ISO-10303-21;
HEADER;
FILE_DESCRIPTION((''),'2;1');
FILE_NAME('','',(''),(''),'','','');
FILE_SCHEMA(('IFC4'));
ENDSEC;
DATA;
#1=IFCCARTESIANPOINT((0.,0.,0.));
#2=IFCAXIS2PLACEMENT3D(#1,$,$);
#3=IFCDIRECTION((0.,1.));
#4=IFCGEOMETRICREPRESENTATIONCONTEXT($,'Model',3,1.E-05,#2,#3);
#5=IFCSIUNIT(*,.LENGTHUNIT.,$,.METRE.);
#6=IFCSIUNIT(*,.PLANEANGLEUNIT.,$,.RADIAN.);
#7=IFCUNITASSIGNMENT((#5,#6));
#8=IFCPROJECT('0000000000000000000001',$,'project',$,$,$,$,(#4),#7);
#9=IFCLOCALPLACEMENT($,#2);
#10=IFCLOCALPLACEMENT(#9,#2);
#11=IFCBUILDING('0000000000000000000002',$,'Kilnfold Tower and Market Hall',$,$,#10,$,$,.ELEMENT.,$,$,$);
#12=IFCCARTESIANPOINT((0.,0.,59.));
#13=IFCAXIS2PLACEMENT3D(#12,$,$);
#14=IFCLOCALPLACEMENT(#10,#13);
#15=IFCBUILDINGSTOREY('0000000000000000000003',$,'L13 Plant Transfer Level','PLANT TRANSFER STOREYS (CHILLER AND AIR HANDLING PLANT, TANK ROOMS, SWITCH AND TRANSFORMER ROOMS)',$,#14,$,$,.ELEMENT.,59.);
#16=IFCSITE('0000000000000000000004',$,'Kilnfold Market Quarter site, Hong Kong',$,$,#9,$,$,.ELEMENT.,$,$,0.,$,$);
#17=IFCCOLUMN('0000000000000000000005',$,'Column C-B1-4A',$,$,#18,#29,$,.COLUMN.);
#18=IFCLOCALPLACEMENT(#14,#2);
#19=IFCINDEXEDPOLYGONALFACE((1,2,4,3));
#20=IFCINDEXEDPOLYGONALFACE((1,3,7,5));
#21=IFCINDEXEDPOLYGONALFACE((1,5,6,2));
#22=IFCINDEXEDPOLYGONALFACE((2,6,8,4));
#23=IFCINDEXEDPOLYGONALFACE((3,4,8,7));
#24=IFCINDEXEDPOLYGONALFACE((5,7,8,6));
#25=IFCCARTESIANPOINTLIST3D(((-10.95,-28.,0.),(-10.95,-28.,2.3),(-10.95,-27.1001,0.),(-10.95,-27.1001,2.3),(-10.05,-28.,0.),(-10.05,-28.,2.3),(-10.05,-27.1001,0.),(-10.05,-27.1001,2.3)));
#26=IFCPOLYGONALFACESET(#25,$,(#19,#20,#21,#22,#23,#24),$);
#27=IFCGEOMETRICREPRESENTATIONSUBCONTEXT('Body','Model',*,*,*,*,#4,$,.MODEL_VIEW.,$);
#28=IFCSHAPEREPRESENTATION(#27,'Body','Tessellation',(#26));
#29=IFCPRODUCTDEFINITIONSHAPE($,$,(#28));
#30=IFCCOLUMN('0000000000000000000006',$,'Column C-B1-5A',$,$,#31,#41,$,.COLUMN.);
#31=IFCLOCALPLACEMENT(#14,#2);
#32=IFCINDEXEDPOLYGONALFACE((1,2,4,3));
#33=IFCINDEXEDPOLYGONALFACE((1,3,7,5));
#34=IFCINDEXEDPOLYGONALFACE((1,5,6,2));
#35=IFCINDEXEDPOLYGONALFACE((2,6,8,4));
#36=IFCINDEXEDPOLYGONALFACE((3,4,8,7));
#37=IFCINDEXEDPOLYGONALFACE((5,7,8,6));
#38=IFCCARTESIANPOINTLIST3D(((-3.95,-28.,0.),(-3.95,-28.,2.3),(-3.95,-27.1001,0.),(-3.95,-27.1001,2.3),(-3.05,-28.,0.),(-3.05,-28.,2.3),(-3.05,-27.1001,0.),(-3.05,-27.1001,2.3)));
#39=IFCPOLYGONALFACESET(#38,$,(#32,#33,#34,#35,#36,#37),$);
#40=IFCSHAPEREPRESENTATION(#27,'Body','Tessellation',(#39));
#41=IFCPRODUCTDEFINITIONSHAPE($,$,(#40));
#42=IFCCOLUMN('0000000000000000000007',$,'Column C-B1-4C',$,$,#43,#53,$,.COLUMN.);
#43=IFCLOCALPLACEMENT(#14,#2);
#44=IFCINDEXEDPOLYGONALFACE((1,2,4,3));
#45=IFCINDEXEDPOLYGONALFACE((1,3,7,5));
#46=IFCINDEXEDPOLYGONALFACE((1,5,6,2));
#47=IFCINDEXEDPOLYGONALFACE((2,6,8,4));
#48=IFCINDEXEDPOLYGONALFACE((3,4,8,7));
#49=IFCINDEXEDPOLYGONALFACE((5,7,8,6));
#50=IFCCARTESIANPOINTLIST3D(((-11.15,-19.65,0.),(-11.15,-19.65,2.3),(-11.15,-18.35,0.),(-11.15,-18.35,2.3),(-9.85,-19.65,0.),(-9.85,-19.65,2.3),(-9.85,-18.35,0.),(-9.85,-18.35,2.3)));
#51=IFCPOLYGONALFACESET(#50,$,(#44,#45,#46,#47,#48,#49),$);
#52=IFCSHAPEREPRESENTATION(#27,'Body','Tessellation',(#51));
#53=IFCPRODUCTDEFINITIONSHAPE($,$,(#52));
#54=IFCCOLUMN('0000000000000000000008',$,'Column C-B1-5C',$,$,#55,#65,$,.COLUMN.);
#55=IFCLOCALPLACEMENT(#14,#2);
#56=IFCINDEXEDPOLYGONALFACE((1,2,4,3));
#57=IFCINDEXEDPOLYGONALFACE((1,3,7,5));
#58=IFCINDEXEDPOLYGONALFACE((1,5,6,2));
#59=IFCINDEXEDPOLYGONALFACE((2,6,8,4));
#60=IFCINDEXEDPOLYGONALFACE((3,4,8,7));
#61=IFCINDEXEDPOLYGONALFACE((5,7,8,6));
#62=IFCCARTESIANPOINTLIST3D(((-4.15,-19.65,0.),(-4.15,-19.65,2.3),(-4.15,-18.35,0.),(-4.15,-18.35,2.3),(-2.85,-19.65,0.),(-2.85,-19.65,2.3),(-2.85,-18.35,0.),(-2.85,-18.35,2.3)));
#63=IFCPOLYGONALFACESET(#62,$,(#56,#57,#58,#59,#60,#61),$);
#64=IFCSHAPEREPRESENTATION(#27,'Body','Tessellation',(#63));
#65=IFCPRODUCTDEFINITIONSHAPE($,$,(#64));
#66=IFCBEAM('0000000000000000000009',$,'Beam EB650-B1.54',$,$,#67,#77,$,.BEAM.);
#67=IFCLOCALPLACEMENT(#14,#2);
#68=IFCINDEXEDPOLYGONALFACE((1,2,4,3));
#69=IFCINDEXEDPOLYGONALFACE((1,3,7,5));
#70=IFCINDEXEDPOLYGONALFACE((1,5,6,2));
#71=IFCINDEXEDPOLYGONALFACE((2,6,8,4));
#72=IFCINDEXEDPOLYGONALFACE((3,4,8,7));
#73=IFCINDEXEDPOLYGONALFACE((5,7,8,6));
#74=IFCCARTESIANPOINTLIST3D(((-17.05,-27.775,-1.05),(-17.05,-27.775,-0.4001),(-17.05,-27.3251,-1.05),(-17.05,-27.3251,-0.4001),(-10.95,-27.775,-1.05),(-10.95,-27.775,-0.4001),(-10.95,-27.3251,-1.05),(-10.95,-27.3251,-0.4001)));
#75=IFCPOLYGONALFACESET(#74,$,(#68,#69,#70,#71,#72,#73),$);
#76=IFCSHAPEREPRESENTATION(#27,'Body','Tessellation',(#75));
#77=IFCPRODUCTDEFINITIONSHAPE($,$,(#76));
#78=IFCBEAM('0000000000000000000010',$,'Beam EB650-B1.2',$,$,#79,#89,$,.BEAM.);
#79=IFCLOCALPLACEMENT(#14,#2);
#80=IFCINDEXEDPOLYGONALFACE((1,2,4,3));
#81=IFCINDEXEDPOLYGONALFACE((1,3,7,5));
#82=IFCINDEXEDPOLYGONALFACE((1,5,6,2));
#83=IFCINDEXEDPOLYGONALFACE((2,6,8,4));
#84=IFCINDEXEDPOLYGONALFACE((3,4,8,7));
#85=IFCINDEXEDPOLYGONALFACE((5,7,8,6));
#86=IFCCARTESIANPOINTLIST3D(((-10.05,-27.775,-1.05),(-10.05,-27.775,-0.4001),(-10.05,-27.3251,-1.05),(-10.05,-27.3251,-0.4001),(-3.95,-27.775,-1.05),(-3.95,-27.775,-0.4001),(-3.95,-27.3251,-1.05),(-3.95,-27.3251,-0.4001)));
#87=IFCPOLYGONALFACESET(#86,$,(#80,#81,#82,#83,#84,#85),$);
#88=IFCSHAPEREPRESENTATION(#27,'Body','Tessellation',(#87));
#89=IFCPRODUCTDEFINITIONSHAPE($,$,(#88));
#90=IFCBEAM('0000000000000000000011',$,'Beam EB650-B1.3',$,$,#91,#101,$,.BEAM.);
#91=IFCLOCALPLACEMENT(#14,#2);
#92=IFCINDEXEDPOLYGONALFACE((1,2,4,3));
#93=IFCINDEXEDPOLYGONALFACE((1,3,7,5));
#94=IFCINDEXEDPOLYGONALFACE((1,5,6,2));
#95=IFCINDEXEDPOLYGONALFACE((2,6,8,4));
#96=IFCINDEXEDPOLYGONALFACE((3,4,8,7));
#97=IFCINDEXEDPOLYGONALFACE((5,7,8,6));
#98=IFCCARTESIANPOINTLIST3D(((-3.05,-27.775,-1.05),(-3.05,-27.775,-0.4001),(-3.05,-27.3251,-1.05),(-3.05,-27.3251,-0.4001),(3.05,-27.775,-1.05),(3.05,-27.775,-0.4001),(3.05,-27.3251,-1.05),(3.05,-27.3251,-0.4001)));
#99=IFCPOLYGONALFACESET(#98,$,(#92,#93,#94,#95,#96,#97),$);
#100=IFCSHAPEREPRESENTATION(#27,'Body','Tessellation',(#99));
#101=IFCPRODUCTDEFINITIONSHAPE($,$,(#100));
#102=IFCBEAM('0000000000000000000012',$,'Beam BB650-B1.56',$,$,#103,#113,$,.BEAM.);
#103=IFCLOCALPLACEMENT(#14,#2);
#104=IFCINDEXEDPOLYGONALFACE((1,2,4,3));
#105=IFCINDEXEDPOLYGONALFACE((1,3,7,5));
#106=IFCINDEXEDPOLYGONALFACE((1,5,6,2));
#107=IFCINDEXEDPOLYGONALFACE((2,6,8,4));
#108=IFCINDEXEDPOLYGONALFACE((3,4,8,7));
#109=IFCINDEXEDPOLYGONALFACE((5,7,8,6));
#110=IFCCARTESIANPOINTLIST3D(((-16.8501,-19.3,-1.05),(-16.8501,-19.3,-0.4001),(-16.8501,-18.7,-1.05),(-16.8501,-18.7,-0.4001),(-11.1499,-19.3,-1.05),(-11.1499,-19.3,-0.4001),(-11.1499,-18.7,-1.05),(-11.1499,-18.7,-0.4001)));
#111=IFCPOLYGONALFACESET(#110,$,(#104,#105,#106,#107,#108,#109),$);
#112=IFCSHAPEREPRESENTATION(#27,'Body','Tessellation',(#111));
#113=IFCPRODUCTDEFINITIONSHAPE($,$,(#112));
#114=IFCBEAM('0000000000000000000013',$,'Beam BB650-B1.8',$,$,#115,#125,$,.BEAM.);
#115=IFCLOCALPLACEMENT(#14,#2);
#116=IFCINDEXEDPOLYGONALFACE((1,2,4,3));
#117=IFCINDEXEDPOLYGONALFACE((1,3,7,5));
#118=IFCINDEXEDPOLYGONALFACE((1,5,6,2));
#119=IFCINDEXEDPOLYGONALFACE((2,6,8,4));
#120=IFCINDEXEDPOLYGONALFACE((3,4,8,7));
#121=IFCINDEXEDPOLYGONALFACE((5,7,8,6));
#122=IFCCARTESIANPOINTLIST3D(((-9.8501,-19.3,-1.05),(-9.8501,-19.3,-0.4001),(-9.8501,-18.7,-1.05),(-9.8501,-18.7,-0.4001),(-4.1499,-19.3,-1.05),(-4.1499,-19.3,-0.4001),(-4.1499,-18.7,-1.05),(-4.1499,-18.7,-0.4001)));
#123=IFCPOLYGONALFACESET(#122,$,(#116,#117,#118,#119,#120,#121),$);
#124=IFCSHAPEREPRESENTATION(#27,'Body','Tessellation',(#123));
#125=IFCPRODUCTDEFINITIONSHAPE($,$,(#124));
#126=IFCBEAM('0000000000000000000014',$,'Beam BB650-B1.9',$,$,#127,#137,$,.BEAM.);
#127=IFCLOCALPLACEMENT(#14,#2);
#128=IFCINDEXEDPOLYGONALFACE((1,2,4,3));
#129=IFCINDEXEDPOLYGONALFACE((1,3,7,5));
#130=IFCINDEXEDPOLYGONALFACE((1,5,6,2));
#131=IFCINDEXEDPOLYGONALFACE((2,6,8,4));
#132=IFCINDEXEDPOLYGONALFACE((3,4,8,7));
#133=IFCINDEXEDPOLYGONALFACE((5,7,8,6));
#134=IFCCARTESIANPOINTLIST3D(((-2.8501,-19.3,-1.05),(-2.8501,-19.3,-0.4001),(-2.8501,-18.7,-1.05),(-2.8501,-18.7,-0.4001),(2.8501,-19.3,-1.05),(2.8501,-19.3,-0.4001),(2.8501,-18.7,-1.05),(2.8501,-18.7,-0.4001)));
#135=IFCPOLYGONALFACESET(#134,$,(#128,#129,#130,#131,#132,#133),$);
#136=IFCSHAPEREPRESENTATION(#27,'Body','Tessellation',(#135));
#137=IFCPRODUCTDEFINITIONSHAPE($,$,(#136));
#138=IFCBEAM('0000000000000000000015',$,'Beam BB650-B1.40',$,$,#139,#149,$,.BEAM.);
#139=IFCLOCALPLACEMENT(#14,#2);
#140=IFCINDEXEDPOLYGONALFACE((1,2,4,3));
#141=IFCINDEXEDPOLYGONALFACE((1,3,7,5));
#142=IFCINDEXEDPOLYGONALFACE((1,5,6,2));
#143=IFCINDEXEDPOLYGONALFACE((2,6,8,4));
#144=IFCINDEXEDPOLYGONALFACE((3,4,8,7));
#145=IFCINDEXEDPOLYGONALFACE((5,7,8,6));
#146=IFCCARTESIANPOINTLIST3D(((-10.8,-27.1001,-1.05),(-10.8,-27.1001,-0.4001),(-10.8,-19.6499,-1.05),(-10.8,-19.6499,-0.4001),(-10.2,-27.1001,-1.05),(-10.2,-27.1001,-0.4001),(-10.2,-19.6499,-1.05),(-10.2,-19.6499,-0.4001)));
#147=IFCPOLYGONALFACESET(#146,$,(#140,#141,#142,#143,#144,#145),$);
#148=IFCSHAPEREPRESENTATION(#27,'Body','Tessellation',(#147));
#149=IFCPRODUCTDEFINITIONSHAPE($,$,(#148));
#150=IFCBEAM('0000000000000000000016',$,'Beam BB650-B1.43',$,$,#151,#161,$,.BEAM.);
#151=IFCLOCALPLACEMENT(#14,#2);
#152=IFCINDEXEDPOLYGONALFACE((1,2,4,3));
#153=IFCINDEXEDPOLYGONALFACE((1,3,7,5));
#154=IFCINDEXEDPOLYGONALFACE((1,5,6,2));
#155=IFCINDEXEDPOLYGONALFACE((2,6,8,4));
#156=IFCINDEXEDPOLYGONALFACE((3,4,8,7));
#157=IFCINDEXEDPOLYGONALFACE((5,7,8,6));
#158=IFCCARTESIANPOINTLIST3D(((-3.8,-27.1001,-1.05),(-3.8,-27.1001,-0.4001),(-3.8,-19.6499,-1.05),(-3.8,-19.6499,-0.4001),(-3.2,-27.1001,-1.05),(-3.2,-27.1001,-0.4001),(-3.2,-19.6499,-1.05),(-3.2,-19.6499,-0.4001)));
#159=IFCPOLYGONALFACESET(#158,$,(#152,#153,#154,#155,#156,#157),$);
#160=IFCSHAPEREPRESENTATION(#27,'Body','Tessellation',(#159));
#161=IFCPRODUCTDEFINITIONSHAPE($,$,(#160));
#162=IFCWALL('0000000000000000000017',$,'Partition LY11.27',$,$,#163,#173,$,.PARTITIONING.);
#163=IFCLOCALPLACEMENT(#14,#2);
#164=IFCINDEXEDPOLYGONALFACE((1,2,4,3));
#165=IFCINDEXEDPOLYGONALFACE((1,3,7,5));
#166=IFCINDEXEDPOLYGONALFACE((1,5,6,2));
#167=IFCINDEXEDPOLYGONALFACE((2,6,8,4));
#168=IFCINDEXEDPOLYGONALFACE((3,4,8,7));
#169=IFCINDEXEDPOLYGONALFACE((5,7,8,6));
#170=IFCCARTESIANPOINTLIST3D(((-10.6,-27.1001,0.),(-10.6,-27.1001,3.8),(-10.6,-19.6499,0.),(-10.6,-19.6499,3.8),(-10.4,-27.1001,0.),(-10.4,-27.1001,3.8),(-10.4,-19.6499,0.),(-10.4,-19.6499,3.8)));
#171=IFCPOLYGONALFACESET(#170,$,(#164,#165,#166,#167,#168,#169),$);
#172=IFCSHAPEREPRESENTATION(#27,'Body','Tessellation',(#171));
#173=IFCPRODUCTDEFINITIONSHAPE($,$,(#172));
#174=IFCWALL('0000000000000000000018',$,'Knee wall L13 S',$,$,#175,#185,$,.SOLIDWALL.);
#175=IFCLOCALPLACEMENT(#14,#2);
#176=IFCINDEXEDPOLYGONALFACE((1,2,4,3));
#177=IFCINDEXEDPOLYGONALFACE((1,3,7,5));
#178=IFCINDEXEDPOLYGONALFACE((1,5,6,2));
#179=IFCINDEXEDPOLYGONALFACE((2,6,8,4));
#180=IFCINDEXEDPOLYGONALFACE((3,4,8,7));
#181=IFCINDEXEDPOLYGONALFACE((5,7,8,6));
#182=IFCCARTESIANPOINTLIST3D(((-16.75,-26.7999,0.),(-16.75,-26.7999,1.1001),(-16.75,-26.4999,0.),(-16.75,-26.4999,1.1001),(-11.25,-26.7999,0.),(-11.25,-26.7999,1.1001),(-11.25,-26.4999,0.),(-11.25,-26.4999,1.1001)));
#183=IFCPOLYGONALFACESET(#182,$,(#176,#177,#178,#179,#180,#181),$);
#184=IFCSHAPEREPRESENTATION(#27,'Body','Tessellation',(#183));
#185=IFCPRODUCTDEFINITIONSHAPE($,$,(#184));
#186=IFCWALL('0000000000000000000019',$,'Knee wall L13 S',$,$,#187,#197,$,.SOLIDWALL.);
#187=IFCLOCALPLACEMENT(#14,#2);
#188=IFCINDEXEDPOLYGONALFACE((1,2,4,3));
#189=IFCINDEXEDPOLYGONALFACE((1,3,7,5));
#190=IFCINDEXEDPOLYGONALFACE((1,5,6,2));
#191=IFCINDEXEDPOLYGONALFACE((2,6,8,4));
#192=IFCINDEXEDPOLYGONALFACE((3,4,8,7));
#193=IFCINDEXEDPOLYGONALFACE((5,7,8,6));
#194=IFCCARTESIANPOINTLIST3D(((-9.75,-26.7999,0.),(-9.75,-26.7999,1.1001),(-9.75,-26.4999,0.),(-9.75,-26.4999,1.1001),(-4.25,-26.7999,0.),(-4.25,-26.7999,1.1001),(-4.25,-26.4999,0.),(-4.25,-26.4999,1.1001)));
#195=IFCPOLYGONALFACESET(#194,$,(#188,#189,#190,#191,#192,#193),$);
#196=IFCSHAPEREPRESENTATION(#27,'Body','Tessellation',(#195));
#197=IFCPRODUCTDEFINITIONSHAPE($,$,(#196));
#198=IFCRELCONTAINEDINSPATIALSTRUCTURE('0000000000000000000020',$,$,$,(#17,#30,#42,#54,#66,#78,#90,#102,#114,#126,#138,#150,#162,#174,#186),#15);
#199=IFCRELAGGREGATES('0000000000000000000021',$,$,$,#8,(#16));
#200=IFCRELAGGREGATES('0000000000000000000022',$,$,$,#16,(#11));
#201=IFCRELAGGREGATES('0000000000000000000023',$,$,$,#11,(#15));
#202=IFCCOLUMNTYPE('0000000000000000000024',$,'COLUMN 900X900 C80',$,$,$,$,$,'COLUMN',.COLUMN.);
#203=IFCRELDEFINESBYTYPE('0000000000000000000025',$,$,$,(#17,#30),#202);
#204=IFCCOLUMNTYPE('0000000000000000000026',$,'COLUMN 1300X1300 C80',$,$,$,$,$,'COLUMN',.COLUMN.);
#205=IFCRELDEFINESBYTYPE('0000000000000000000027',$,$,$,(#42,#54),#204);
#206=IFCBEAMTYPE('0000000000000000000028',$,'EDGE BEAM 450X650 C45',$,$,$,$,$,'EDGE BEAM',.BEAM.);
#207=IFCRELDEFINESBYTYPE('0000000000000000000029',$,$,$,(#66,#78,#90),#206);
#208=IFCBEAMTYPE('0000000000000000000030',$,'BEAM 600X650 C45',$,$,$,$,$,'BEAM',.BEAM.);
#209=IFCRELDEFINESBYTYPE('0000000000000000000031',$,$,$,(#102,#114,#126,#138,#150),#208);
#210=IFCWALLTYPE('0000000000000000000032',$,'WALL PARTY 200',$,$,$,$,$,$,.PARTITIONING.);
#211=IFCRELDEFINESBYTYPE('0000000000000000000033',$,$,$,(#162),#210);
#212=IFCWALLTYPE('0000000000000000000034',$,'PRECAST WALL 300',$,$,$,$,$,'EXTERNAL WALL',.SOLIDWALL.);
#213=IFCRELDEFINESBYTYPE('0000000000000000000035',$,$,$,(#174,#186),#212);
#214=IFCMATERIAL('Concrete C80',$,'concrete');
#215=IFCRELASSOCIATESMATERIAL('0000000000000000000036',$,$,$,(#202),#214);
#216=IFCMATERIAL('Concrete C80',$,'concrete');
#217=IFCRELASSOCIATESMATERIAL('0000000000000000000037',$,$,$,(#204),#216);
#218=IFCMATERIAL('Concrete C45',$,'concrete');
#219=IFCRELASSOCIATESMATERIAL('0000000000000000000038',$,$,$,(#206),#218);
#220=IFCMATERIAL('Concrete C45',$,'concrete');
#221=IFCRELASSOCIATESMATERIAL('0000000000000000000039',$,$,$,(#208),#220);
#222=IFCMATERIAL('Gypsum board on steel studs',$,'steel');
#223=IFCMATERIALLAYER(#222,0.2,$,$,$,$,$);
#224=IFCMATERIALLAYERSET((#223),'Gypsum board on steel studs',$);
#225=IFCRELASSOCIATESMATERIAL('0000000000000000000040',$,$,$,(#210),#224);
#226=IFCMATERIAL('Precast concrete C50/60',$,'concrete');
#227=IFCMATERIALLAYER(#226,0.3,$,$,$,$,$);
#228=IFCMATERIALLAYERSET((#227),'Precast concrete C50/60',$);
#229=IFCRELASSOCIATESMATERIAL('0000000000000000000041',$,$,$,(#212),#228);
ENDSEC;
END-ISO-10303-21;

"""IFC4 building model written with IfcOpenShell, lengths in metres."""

from ifc_helpers import new_model, si_unit, direction, frame, frame_2d, origin, origin_2d, place, context, subcontext, project, spatial, rectangle, extrude, source, transform, mapped, material, layer, layer_set, material_profile, profile_set, type_object, element, save


model = new_model("IFC4")

# Units and contexts
model_context = context("Model", 3, precision=1e-05, world=origin(), true_north=direction((0.0, 1.0)))
body_context = subcontext(model_context, "Body", "Model", "MODEL_VIEW")
ifc_project = project(units=[si_unit("LENGTHUNIT", "METRE"), si_unit("PLANEANGLEUNIT", "RADIAN")], contexts=[model_context])

# Site, building, storey
site_placement = place(None, origin())
site = spatial("IfcSite", under=ifc_project, at=site_placement, Name="Kilnfold Market Quarter site, Hong Kong", CompositionType="ELEMENT", RefElevation=0.0)
building_placement = place(site_placement, origin())
building = spatial("IfcBuilding", under=site, at=building_placement, Name="Kilnfold Tower and Market Hall", CompositionType="ELEMENT")
storey_placement = place(building_placement, frame((0.0, 0.0, 59.0)))
storey = spatial("IfcBuildingStorey", under=building, at=storey_placement, Name="L13 Plant Transfer Level", Description="PLANT TRANSFER STOREYS (CHILLER AND AIR HANDLING PLANT, TANK ROOMS, SWITCH AND TRANSFORMER ROOMS)", CompositionType="ELEMENT", Elevation=59.0)

# Columns
ifc_material_1 = material(Name="Concrete C80", Category="concrete")
ifc_material_profile_1 = material_profile(ifc_material_1, rectangle(XDim=0.8999, YDim=0.8999, at=origin_2d()), Name="RC 900x900")
ifc_profile_set_1 = profile_set([ifc_material_profile_1], Name="Concrete C80")
column_type_1 = type_object("IfcColumnType", Name="COLUMN 900X900 C80", ElementType="COLUMN", PredefinedType="COLUMN", material=ifc_profile_set_1)
shared_shape_1 = source(origin(), body_context, "Body", "SweptSolid", [
    extrude(rectangle(XDim=0.8999, YDim=0.8999, at=origin_2d()), origin(), (0.0, 0.0, 1.0), 2.3),
])
for number, where, z_axis, x_axis, name in (
    (1, (-10.5, -27.55, 0.0), (0.0, 0.0, 1.0), (1.0, 0.0, 0.0), "Column C-B1-4A"),
    (2, (-3.5, -27.55, 0.0), (0.0, 0.0, 1.0), (1.0, 0.0, 0.0), "Column C-B1-5A"),
):
    element("IfcColumn", number, at=place(storey_placement, frame(where, z_axis=z_axis, x_axis=x_axis)), inside=storey, type_object=column_type_1, Name=name, PredefinedType="COLUMN", context=body_context, shape_type="MappedRepresentation", body=[
        mapped(shared_shape_1, transform((0.0, 0.0, 0.0))),
    ])
ifc_material_2 = material(Name="Concrete C80", Category="concrete")
ifc_material_profile_2 = material_profile(ifc_material_2, rectangle(XDim=1.3, YDim=1.3, at=origin_2d()), Name="RC 1300x1300")
ifc_profile_set_2 = profile_set([ifc_material_profile_2], Name="Concrete C80")
column_type_2 = type_object("IfcColumnType", Name="COLUMN 1300X1300 C80", ElementType="COLUMN", PredefinedType="COLUMN", material=ifc_profile_set_2)
shared_shape_2 = source(origin(), body_context, "Body", "SweptSolid", [
    extrude(rectangle(XDim=1.3, YDim=1.3, at=origin_2d()), origin(), (0.0, 0.0, 1.0), 2.3),
])
for number, where, z_axis, x_axis, name in (
    (3, (-10.5, -19.0, 0.0), (0.0, 0.0, 1.0), (1.0, 0.0, 0.0), "Column C-B1-4C"),
    (4, (-3.5, -19.0, 0.0), (0.0, 0.0, 1.0), (1.0, 0.0, 0.0), "Column C-B1-5C"),
):
    element("IfcColumn", number, at=place(storey_placement, frame(where, z_axis=z_axis, x_axis=x_axis)), inside=storey, type_object=column_type_2, Name=name, PredefinedType="COLUMN", context=body_context, shape_type="MappedRepresentation", body=[
        mapped(shared_shape_2, transform((0.0, 0.0, 0.0))),
    ])

# Beams
ifc_material_3 = material(Name="Concrete C45", Category="concrete")
ifc_material_profile_3 = material_profile(ifc_material_3, rectangle(XDim=0.45, YDim=0.6499, at=origin_2d()), Name="RC 450x650")
ifc_profile_set_3 = profile_set([ifc_material_profile_3], Name="Concrete C45")
beam_type_1 = type_object("IfcBeamType", Name="EDGE BEAM 450X650 C45", ElementType="EDGE BEAM", PredefinedType="BEAM", material=ifc_profile_set_3)
shared_shape_3 = source(origin(), body_context, "Body", "SweptSolid", [
    extrude(rectangle(XDim=0.45, YDim=0.6499, at=origin_2d()), origin(), (0.0, 0.0, 1.0), 6.1001),
])
for number, where, z_axis, x_axis, name in (
    (5, (-17.05, -27.55, -0.7251), (1.0, 0.0, 0.0), (0.0, 1.0, 0.0), "Beam EB650-B1.54"),
    (6, (-10.05, -27.55, -0.7251), (1.0, 0.0, 0.0), (0.0, 1.0, 0.0), "Beam EB650-B1.2"),
    (7, (-3.05, -27.55, -0.7251), (1.0, 0.0, 0.0), (0.0, 1.0, 0.0), "Beam EB650-B1.3"),
):
    element("IfcBeam", number, at=place(storey_placement, frame(where, z_axis=z_axis, x_axis=x_axis)), inside=storey, type_object=beam_type_1, Name=name, PredefinedType="BEAM", context=body_context, shape_type="MappedRepresentation", body=[
        mapped(shared_shape_3, transform((0.0, 0.0, 0.0))),
    ])
ifc_material_4 = material(Name="Concrete C45", Category="concrete")
ifc_material_profile_4 = material_profile(ifc_material_4, rectangle(XDim=0.6001, YDim=0.6499, at=origin_2d()), Name="RC 600x650")
ifc_profile_set_4 = profile_set([ifc_material_profile_4], Name="Concrete C45")
beam_type_2 = type_object("IfcBeamType", Name="BEAM 600X650 C45", ElementType="BEAM", PredefinedType="BEAM", material=ifc_profile_set_4)
shared_shape_4 = source(origin(), body_context, "Body", "SweptSolid", [
    extrude(rectangle(XDim=0.6001, YDim=0.6499, at=origin_2d()), origin(), (0.0, 0.0, 1.0), 5.7002),
])
for number, where, z_axis, x_axis, name in (
    (8, (-16.8501, -19.0, -0.7251), (1.0, 0.0, 0.0), (0.0, 1.0, 0.0), "Beam BB650-B1.56"),
    (9, (-9.8501, -19.0, -0.7251), (1.0, 0.0, 0.0), (0.0, 1.0, 0.0), "Beam BB650-B1.8"),
    (10, (-2.8501, -19.0, -0.7251), (1.0, 0.0, 0.0), (0.0, 1.0, 0.0), "Beam BB650-B1.9"),
):
    element("IfcBeam", number, at=place(storey_placement, frame(where, z_axis=z_axis, x_axis=x_axis)), inside=storey, type_object=beam_type_2, Name=name, PredefinedType="BEAM", context=body_context, shape_type="MappedRepresentation", body=[
        mapped(shared_shape_4, transform((0.0, 0.0, 0.0))),
    ])
shared_shape_5 = source(origin(), body_context, "Body", "SweptSolid", [
    extrude(rectangle(XDim=0.6001, YDim=0.6499, at=origin_2d()), origin(), (0.0, 0.0, 1.0), 7.4502),
])
for number, where, z_axis, x_axis, name in (
    (11, (-10.5, -27.1001, -0.7251), (0.0, 1.0, 0.0), (-1.0, 0.0, 0.0), "Beam BB650-B1.40"),
    (12, (-3.5, -27.1001, -0.7251), (0.0, 1.0, 0.0), (-1.0, 0.0, 0.0), "Beam BB650-B1.43"),
):
    element("IfcBeam", number, at=place(storey_placement, frame(where, z_axis=z_axis, x_axis=x_axis)), inside=storey, type_object=beam_type_2, Name=name, PredefinedType="BEAM", context=body_context, shape_type="MappedRepresentation", body=[
        mapped(shared_shape_5, transform((0.0, 0.0, 0.0))),
    ])

# Walls
ifc_material_5 = material(Name="Gypsum board on steel studs", Category="steel")
ifc_layer_1 = layer(ifc_material_5, 0.2)
ifc_layer_set_1 = layer_set([ifc_layer_1], Name="Gypsum board on steel studs")
wall_type_1 = type_object("IfcWallType", Name="WALL PARTY 200", PredefinedType="PARTITIONING", material=ifc_layer_set_1)
wall_placement = place(storey_placement, frame((-10.5, -27.1001, 0.0), z_axis=(0.0, 0.0, 1.0), x_axis=(0.0, 1.0, 0.0)))
element("IfcWall", 13, at=wall_placement, inside=storey, type_object=wall_type_1, Name="Partition LY11.27", PredefinedType="PARTITIONING", context=body_context, shape_type="SweptSolid", body=[
    extrude(rectangle(XDim=7.4502, YDim=0.2, at=frame_2d((3.7251, 0.0))), origin(), (0.0, 0.0, 1.0), 3.8),
])
ifc_material_6 = material(Name="Precast concrete C50/60", Category="concrete")
ifc_layer_2 = layer(ifc_material_6, 0.3)
ifc_layer_set_2 = layer_set([ifc_layer_2], Name="Precast concrete C50/60")
wall_type_2 = type_object("IfcWallType", Name="PRECAST WALL 300", ElementType="EXTERNAL WALL", PredefinedType="SOLIDWALL", material=ifc_layer_set_2)
shared_shape_6 = source(origin(), body_context, "Body", "SweptSolid", [
    extrude(rectangle(XDim=5.5, YDim=0.3, at=frame_2d((2.75, 0.0))), origin(), (0.0, 0.0, 1.0), 1.1001),
])
for number, where, z_axis, x_axis, name in (
    (14, (-16.75, -26.6499, 0.0), (0.0, 0.0, 1.0), (1.0, 0.0, 0.0), "Knee wall L13 S"),
    (15, (-9.75, -26.6499, 0.0), (0.0, 0.0, 1.0), (1.0, 0.0, 0.0), "Knee wall L13 S"),
):
    element("IfcWall", number, at=place(storey_placement, frame(where, z_axis=z_axis, x_axis=x_axis)), inside=storey, type_object=wall_type_2, Name=name, PredefinedType="SOLIDWALL", context=body_context, shape_type="MappedRepresentation", body=[
        mapped(shared_shape_6, transform((0.0, 0.0, 0.0))),
    ])

save(model, "model.ifc")
